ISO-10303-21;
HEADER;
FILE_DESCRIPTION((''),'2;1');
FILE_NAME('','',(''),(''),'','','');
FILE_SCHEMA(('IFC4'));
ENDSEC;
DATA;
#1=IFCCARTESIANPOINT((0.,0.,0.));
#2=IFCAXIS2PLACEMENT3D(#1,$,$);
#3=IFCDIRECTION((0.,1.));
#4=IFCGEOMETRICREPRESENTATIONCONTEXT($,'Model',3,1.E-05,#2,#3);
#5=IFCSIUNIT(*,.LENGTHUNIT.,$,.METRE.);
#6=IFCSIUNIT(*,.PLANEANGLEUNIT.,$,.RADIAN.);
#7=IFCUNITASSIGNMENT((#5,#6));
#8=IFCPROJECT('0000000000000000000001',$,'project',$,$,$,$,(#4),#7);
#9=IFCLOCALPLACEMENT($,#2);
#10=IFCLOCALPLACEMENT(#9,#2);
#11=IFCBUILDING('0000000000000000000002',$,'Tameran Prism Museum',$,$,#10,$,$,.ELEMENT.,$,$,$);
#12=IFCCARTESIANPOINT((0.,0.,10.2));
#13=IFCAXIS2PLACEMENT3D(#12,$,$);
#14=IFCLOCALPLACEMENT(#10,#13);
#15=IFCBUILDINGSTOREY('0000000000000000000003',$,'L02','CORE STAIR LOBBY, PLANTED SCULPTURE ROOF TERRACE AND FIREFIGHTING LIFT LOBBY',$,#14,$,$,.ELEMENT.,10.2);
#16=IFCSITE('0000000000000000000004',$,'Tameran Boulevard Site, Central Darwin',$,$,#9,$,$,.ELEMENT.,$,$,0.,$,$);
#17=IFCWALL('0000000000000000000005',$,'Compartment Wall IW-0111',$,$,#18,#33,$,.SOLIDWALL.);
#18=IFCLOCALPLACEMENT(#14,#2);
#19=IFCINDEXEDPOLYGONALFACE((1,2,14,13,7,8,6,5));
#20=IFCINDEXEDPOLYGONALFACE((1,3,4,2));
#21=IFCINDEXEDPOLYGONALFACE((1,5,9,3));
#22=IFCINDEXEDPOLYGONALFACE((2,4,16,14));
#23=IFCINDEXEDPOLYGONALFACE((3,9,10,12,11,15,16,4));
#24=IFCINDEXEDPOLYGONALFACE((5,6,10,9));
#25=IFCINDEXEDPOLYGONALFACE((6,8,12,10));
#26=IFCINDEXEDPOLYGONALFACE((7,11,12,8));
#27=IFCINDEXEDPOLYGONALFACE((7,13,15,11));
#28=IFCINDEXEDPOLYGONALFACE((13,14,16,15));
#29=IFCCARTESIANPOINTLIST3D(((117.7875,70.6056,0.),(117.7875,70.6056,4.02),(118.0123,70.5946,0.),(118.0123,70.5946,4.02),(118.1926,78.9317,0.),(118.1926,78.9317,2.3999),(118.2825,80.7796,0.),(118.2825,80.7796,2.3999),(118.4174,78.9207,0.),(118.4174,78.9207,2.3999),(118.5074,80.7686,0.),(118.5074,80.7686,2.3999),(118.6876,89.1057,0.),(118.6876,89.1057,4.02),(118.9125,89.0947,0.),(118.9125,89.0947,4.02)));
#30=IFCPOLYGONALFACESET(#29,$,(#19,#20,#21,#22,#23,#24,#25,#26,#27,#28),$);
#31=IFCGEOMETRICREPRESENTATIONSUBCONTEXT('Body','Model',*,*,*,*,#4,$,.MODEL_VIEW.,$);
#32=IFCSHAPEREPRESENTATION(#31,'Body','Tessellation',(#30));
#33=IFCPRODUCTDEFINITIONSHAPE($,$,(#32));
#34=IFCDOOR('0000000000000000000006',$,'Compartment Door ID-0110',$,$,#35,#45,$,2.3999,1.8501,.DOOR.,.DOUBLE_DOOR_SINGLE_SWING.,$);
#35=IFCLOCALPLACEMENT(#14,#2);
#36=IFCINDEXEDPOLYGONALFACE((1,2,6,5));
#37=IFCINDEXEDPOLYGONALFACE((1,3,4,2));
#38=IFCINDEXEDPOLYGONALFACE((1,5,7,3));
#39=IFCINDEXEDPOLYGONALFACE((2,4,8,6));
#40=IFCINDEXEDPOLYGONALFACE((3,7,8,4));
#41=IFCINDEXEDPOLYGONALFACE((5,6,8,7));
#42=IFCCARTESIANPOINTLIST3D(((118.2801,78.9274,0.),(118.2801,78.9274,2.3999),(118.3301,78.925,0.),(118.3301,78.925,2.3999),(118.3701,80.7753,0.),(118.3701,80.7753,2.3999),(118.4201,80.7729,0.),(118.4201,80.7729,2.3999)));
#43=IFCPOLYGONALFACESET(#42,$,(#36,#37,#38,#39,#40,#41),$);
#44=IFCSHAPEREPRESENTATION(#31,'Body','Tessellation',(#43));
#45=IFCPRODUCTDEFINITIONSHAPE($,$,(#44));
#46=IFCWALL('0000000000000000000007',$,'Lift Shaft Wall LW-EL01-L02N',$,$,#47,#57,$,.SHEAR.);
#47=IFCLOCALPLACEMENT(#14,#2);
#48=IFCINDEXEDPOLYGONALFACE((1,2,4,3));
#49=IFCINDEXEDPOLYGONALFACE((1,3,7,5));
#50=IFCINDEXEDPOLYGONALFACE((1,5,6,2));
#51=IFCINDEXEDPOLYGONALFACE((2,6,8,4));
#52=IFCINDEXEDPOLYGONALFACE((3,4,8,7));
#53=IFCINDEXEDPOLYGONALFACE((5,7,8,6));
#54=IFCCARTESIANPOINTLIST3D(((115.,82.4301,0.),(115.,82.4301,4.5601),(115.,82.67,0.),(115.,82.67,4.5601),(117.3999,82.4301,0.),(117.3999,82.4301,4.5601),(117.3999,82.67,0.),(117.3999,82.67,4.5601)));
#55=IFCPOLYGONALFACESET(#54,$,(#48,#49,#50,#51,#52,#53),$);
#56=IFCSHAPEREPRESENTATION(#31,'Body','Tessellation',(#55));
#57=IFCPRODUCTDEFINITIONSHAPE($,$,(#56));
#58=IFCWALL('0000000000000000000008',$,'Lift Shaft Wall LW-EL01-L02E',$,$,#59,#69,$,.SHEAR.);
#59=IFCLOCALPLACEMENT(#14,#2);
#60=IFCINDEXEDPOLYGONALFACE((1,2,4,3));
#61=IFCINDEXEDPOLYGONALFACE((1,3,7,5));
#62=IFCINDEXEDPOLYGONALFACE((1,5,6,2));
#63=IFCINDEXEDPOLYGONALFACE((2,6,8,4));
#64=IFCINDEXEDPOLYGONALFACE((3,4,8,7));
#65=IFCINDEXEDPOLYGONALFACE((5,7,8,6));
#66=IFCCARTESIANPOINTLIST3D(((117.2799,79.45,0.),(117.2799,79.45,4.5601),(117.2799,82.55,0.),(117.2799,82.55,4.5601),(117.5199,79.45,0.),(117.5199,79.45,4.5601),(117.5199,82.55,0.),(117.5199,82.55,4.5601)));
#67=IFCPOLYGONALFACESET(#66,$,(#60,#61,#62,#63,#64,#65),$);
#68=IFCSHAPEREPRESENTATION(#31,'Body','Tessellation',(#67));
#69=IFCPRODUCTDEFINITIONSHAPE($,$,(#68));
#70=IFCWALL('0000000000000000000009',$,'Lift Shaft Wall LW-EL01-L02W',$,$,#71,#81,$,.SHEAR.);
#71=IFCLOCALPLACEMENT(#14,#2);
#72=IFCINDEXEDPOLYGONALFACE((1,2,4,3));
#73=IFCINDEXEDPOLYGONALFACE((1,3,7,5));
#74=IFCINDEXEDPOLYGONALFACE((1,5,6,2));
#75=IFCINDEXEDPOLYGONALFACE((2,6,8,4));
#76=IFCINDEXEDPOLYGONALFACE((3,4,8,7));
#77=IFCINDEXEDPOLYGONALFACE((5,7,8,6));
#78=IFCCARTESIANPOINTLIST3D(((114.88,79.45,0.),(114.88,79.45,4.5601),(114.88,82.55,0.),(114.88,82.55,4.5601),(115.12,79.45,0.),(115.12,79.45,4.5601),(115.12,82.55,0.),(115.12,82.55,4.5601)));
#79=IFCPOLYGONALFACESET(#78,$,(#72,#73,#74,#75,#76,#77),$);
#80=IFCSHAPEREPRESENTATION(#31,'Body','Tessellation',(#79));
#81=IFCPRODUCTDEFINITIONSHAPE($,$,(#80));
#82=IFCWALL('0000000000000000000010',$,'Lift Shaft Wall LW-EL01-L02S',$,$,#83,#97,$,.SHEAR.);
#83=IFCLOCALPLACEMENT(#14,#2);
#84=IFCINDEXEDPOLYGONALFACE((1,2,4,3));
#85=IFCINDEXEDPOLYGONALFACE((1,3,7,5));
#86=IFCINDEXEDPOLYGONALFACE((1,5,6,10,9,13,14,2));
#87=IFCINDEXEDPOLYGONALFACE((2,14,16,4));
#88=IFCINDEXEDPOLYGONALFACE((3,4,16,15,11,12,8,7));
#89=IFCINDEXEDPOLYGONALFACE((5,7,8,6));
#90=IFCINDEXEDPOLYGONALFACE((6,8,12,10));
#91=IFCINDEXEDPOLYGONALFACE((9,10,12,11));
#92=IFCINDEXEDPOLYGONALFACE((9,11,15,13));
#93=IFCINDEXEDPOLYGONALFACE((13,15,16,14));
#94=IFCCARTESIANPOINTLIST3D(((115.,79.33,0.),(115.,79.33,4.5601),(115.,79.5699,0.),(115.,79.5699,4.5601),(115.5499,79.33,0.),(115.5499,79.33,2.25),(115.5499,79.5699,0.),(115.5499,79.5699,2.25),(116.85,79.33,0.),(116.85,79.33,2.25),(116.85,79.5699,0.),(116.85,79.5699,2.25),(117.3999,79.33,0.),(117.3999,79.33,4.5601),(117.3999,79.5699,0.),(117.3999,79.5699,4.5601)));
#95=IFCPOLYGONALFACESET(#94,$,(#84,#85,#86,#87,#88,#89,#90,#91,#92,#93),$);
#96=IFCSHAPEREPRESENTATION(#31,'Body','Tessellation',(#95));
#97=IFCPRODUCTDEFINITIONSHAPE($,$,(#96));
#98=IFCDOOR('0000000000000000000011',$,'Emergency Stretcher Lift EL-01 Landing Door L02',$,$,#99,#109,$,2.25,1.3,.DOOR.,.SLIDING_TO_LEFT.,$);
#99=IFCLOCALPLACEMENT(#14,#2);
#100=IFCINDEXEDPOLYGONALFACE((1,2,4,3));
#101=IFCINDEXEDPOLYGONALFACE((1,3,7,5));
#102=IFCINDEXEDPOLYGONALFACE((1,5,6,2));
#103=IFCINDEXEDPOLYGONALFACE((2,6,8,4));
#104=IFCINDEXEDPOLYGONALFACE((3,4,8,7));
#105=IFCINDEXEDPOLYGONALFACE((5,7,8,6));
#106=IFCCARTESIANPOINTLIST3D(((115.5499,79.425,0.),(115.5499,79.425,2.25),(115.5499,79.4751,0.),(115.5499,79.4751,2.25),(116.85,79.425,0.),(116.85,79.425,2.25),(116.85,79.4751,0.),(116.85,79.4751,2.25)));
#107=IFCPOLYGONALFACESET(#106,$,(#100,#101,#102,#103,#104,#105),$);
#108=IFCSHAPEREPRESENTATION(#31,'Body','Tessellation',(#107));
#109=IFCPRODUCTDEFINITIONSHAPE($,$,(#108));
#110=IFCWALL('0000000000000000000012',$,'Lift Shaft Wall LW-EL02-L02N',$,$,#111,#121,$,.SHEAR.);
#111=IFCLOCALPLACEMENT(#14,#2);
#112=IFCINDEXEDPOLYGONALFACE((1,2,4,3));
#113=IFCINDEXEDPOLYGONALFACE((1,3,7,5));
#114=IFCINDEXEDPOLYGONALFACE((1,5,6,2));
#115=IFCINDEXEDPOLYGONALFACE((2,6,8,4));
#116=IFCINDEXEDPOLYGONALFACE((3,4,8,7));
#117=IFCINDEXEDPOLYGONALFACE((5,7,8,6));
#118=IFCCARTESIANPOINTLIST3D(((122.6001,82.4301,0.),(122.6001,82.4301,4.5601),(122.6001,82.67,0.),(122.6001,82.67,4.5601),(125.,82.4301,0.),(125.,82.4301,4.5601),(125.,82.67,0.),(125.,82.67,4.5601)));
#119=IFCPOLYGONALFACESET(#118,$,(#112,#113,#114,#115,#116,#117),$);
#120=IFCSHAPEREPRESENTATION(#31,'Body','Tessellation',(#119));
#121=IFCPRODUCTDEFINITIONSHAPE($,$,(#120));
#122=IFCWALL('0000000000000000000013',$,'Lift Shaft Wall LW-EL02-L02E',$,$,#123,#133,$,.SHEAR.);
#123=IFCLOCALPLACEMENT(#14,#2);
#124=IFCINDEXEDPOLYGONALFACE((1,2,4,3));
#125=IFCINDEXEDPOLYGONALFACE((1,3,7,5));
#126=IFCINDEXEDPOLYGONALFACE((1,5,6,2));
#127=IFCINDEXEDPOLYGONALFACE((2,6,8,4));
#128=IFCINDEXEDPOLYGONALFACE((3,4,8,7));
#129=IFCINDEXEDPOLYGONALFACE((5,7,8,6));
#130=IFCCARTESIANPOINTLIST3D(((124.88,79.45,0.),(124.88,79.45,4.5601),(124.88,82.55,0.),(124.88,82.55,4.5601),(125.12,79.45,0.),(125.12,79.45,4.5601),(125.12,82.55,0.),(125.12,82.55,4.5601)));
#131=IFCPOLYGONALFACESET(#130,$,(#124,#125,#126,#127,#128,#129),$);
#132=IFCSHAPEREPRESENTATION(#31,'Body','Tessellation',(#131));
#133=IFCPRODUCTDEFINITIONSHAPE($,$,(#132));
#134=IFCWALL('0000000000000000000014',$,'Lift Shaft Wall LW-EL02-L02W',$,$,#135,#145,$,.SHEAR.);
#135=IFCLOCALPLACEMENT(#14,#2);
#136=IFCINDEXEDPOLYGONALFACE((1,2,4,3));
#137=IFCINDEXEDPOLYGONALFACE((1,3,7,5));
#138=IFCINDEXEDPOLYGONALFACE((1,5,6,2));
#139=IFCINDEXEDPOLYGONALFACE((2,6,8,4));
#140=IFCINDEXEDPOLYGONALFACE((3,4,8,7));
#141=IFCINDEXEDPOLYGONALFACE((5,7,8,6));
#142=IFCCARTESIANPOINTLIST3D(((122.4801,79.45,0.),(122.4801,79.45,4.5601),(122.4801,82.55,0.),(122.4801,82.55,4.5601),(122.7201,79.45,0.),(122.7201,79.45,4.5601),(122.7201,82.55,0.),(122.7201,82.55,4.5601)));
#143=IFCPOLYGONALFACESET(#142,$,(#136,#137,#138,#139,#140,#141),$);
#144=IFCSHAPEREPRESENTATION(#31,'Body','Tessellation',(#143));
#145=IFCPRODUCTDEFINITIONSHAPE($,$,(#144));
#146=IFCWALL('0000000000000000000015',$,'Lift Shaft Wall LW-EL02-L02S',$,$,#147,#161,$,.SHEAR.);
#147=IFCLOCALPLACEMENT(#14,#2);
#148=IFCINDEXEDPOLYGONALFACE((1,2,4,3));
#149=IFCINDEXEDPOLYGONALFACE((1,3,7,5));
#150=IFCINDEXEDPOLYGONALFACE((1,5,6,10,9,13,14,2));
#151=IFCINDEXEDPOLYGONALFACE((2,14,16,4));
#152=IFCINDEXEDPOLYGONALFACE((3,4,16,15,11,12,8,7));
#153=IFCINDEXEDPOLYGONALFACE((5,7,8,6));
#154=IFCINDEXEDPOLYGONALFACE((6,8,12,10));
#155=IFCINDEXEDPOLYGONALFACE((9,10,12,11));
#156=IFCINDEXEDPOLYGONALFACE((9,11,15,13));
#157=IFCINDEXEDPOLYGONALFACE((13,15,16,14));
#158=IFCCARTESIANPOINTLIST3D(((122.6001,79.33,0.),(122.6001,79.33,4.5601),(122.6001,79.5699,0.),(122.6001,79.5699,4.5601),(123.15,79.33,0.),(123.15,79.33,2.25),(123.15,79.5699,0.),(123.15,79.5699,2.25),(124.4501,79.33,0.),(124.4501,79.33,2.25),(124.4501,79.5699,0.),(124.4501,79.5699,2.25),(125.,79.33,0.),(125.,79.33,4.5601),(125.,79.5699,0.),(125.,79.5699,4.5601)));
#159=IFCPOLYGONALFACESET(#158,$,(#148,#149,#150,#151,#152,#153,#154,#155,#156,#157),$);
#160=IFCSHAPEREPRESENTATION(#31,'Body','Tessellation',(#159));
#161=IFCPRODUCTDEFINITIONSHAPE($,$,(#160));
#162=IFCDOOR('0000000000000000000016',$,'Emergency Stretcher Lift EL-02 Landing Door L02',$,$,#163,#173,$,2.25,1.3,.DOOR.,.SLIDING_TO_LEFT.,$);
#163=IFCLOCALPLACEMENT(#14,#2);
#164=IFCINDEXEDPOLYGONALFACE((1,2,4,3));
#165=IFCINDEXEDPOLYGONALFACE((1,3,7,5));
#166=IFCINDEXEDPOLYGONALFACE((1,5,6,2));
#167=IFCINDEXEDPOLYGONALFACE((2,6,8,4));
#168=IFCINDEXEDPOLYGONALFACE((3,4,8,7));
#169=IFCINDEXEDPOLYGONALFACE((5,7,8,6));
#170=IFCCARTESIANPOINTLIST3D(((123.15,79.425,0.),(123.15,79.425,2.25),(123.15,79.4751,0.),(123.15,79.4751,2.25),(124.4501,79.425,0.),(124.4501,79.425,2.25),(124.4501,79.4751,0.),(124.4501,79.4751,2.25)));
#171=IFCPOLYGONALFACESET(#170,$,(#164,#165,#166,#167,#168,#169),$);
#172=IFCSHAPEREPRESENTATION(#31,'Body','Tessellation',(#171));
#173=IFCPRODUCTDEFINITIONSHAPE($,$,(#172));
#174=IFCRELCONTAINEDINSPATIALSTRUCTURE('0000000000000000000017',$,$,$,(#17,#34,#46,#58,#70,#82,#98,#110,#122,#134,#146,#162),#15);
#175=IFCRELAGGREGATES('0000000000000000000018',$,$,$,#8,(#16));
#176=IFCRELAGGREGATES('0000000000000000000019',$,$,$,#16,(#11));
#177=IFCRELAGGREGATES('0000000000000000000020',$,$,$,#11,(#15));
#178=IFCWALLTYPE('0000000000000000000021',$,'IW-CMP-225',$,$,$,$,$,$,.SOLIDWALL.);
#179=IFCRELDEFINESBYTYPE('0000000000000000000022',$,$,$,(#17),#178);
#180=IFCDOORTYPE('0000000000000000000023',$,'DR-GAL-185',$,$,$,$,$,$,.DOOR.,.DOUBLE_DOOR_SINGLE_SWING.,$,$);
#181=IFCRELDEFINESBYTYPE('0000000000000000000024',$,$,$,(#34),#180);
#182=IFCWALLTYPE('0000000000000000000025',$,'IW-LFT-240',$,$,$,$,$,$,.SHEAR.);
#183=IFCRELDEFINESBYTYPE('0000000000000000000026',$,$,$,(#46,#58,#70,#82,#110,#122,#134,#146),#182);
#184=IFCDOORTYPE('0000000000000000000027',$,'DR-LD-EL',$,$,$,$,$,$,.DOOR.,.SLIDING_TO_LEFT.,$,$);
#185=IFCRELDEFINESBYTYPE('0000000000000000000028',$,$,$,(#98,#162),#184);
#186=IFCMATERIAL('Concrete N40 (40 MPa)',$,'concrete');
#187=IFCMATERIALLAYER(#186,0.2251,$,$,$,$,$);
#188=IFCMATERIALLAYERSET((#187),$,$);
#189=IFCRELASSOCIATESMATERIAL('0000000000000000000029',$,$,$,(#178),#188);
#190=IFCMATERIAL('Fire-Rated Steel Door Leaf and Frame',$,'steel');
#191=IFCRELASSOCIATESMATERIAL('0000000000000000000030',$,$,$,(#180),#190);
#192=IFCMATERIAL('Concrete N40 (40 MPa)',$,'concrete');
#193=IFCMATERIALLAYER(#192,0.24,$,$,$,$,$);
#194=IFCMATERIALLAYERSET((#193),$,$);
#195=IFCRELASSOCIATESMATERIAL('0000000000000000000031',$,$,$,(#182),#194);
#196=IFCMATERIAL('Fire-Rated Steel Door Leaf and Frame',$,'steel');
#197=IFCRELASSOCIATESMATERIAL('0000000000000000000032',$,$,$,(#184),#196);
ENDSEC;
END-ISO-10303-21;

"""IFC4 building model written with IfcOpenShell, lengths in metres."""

from ifc_helpers import new_model, si_unit, direction, frame, frame_2d, origin, place, context, subcontext, project, spatial, rectangle, extrude, material, layer, layer_set, type_object, element, fill, save


model = new_model("IFC4")

# Units and contexts
model_context = context("Model", 3, precision=1e-05, world=origin(), true_north=direction((0.0, 1.0)))
body_context = subcontext(model_context, "Body", "Model", "MODEL_VIEW")
ifc_project = project(units=[si_unit("LENGTHUNIT", "METRE"), si_unit("PLANEANGLEUNIT", "RADIAN")], contexts=[model_context])

# Site, building, storey
site_placement = place(None, origin())
site = spatial("IfcSite", under=ifc_project, at=site_placement, Name="Tameran Boulevard Site, Central Darwin", CompositionType="ELEMENT", RefElevation=0.0)
building_placement = place(site_placement, origin())
building = spatial("IfcBuilding", under=site, at=building_placement, Name="Tameran Prism Museum", CompositionType="ELEMENT")
storey_placement = place(building_placement, frame((0.0, 0.0, 10.2)))
storey = spatial("IfcBuildingStorey", under=building, at=storey_placement, Name="L02", Description="CORE STAIR LOBBY, PLANTED SCULPTURE ROOF TERRACE AND FIREFIGHTING LIFT LOBBY", CompositionType="ELEMENT", Elevation=10.2)

# Wall, opening, door
ifc_material_1 = material(Name="Concrete N40 (40 MPa)", Category="concrete")
ifc_layer_1 = layer(ifc_material_1, 0.2251)
ifc_layer_set_1 = layer_set([ifc_layer_1])
wall_type_1 = type_object("IfcWallType", Name="IW-CMP-225", PredefinedType="SOLIDWALL", material=ifc_layer_set_1)
wall_1_placement = place(storey_placement, frame((117.8999, 70.6001, 0.0), z_axis=(0.0, 0.0, 1.0), x_axis=(0.048599, 0.998818, 0.0)))
wall_1 = element("IfcWall", 1, at=wall_1_placement, inside=storey, type_object=wall_type_1, Name="Compartment Wall IW-0111", PredefinedType="SOLIDWALL", context=body_context, shape_type="SweptSolid", body=[
    extrude(rectangle(XDim=18.522, YDim=0.2251, at=frame_2d((9.261, 0.0))), origin(), (0.0, 0.0, 1.0), 4.02),
])
opening_1_placement = place(wall_1_placement, frame((8.3359, 0.0, 0.0)))
opening_1 = element("IfcOpeningElement", 2, at=opening_1_placement, cuts=wall_1, PredefinedType="OPENING", context=body_context, shape_type="SweptSolid", body=[
    extrude(rectangle(XDim=1.8501, YDim=2.3999, at=frame_2d((0.925, 1.2))), frame((0.0, 0.1226, 0.0), z_axis=(0.0, -1.0, 0.0), x_axis=(1.0, 0.0, 0.0)), (0.0, 0.0, 1.0), 0.2451),
])
ifc_material_2 = material(Name="Fire-Rated Steel Door Leaf and Frame", Category="steel")
door_type_1 = type_object("IfcDoorType", Name="DR-GAL-185", OperationType="DOUBLE_DOOR_SINGLE_SWING", PredefinedType="DOOR", material=ifc_material_2)
door_1_placement = place(opening_1_placement, origin())
door_1 = element("IfcDoor", 3, at=door_1_placement, inside=storey, type_object=door_type_1, Name="Compartment Door ID-0110", OperationType="DOUBLE_DOOR_SINGLE_SWING", OverallHeight=2.3999, OverallWidth=1.8501, PredefinedType="DOOR", context=body_context, shape_type="SweptSolid", body=[
    extrude(rectangle(XDim=1.8501, YDim=2.3999, at=frame_2d((0.925, 1.2))), frame((0.0, 0.0249, 0.0), z_axis=(0.0, -1.0, 0.0), x_axis=(1.0, 0.0, 0.0)), (0.0, 0.0, 1.0), 0.05),
])
fill(opening_1, door_1)

# Walls
ifc_material_3 = material(Name="Concrete N40 (40 MPa)", Category="concrete")
ifc_layer_2 = layer(ifc_material_3, 0.24)
ifc_layer_set_2 = layer_set([ifc_layer_2])
wall_type_2 = type_object("IfcWallType", Name="IW-LFT-240", PredefinedType="SHEAR", material=ifc_layer_set_2)
wall_2_placement = place(storey_placement, frame((115.0, 82.55, 0.0), z_axis=(0.0, 0.0, 1.0), x_axis=(1.0, 0.0, 0.0)))
element("IfcWall", 4, at=wall_2_placement, inside=storey, type_object=wall_type_2, Name="Lift Shaft Wall LW-EL01-L02N", PredefinedType="SHEAR", context=body_context, shape_type="SweptSolid", body=[
    extrude(rectangle(XDim=2.3999, YDim=0.24, at=frame_2d((1.2, 0.0))), origin(), (0.0, 0.0, 1.0), 4.5601),
])
for number, where, z_axis, x_axis, name in (
    (5, (117.3999, 82.55, 0.0), (0.0, 0.0, 1.0), (0.0, -1.0, 0.0), "Lift Shaft Wall LW-EL01-L02E"),
    (6, (115.0, 79.45, 0.0), (0.0, 0.0, 1.0), (0.0, 1.0, 0.0), "Lift Shaft Wall LW-EL01-L02W"),
):
    element("IfcWall", number, at=place(storey_placement, frame(where, z_axis=z_axis, x_axis=x_axis)), inside=storey, type_object=wall_type_2, Name=name, PredefinedType="SHEAR", context=body_context, shape_type="SweptSolid", body=[
        extrude(rectangle(XDim=3.1001, YDim=0.24, at=frame_2d((1.55, 0.0))), origin(), (0.0, 0.0, 1.0), 4.5601),
    ])

# Wall, opening, door
wall_3_placement = place(storey_placement, frame((117.3999, 79.45, 0.0), z_axis=(0.0, 0.0, 1.0), x_axis=(-1.0, 0.0, 0.0)))
wall_3 = element("IfcWall", 7, at=wall_3_placement, inside=storey, type_object=wall_type_2, Name="Lift Shaft Wall LW-EL01-L02S", PredefinedType="SHEAR", context=body_context, shape_type="SweptSolid", body=[
    extrude(rectangle(XDim=2.3999, YDim=0.24, at=frame_2d((1.2, 0.0))), origin(), (0.0, 0.0, 1.0), 4.5601),
])
opening_2_placement = place(wall_3_placement, frame((0.55, 0.0, 0.0)))
opening_2 = element("IfcOpeningElement", 8, at=opening_2_placement, cuts=wall_3, PredefinedType="OPENING", context=body_context, shape_type="SweptSolid", body=[
    extrude(rectangle(XDim=1.3, YDim=2.25, at=frame_2d((0.6499, 1.125))), frame((0.0, 0.1299, 0.0), z_axis=(0.0, -1.0, 0.0), x_axis=(1.0, 0.0, 0.0)), (0.0, 0.0, 1.0), 0.26),
])
ifc_material_4 = material(Name="Fire-Rated Steel Door Leaf and Frame", Category="steel")
door_type_2 = type_object("IfcDoorType", Name="DR-LD-EL", OperationType="SLIDING_TO_LEFT", PredefinedType="DOOR", material=ifc_material_4)
door_2_placement = place(opening_2_placement, origin())
door_2 = element("IfcDoor", 9, at=door_2_placement, inside=storey, type_object=door_type_2, Name="Emergency Stretcher Lift EL-01 Landing Door L02", OperationType="SLIDING_TO_LEFT", OverallHeight=2.25, OverallWidth=1.3, PredefinedType="DOOR", context=body_context, shape_type="SweptSolid", body=[
    extrude(rectangle(XDim=1.3, YDim=2.25, at=frame_2d((0.6499, 1.125))), frame((0.0, 0.0249, 0.0), z_axis=(0.0, -1.0, 0.0), x_axis=(1.0, 0.0, 0.0)), (0.0, 0.0, 1.0), 0.05),
])
fill(opening_2, door_2)

# Walls
wall_4_placement = place(storey_placement, frame((122.6001, 82.55, 0.0), z_axis=(0.0, 0.0, 1.0), x_axis=(1.0, 0.0, 0.0)))
element("IfcWall", 10, at=wall_4_placement, inside=storey, type_object=wall_type_2, Name="Lift Shaft Wall LW-EL02-L02N", PredefinedType="SHEAR", context=body_context, shape_type="SweptSolid", body=[
    extrude(rectangle(XDim=2.3999, YDim=0.24, at=frame_2d((1.2, 0.0))), origin(), (0.0, 0.0, 1.0), 4.5601),
])
for number, where, z_axis, x_axis, name in (
    (11, (125.0, 82.55, 0.0), (0.0, 0.0, 1.0), (0.0, -1.0, 0.0), "Lift Shaft Wall LW-EL02-L02E"),
    (12, (122.6001, 79.45, 0.0), (0.0, 0.0, 1.0), (0.0, 1.0, 0.0), "Lift Shaft Wall LW-EL02-L02W"),
):
    element("IfcWall", number, at=place(storey_placement, frame(where, z_axis=z_axis, x_axis=x_axis)), inside=storey, type_object=wall_type_2, Name=name, PredefinedType="SHEAR", context=body_context, shape_type="SweptSolid", body=[
        extrude(rectangle(XDim=3.1001, YDim=0.24, at=frame_2d((1.55, 0.0))), origin(), (0.0, 0.0, 1.0), 4.5601),
    ])

# Wall, opening, door
wall_5_placement = place(storey_placement, frame((125.0, 79.45, 0.0), z_axis=(0.0, 0.0, 1.0), x_axis=(-1.0, 0.0, 0.0)))
wall_5 = element("IfcWall", 13, at=wall_5_placement, inside=storey, type_object=wall_type_2, Name="Lift Shaft Wall LW-EL02-L02S", PredefinedType="SHEAR", context=body_context, shape_type="SweptSolid", body=[
    extrude(rectangle(XDim=2.3999, YDim=0.24, at=frame_2d((1.2, 0.0))), origin(), (0.0, 0.0, 1.0), 4.5601),
])
opening_3_placement = place(wall_5_placement, frame((0.55, 0.0, 0.0)))
opening_3 = element("IfcOpeningElement", 14, at=opening_3_placement, cuts=wall_5, PredefinedType="OPENING", context=body_context, shape_type="SweptSolid", body=[
    extrude(rectangle(XDim=1.3, YDim=2.25, at=frame_2d((0.6499, 1.125))), frame((0.0, 0.1299, 0.0), z_axis=(0.0, -1.0, 0.0), x_axis=(1.0, 0.0, 0.0)), (0.0, 0.0, 1.0), 0.26),
])
door_3_placement = place(opening_3_placement, origin())
door_3 = element("IfcDoor", 15, at=door_3_placement, inside=storey, type_object=door_type_2, Name="Emergency Stretcher Lift EL-02 Landing Door L02", OperationType="SLIDING_TO_LEFT", OverallHeight=2.25, OverallWidth=1.3, PredefinedType="DOOR", context=body_context, shape_type="SweptSolid", body=[
    extrude(rectangle(XDim=1.3, YDim=2.25, at=frame_2d((0.6499, 1.125))), frame((0.0, 0.0249, 0.0), z_axis=(0.0, -1.0, 0.0), x_axis=(1.0, 0.0, 0.0)), (0.0, 0.0, 1.0), 0.05),
])
fill(opening_3, door_3)

save(model, "model.ifc")
